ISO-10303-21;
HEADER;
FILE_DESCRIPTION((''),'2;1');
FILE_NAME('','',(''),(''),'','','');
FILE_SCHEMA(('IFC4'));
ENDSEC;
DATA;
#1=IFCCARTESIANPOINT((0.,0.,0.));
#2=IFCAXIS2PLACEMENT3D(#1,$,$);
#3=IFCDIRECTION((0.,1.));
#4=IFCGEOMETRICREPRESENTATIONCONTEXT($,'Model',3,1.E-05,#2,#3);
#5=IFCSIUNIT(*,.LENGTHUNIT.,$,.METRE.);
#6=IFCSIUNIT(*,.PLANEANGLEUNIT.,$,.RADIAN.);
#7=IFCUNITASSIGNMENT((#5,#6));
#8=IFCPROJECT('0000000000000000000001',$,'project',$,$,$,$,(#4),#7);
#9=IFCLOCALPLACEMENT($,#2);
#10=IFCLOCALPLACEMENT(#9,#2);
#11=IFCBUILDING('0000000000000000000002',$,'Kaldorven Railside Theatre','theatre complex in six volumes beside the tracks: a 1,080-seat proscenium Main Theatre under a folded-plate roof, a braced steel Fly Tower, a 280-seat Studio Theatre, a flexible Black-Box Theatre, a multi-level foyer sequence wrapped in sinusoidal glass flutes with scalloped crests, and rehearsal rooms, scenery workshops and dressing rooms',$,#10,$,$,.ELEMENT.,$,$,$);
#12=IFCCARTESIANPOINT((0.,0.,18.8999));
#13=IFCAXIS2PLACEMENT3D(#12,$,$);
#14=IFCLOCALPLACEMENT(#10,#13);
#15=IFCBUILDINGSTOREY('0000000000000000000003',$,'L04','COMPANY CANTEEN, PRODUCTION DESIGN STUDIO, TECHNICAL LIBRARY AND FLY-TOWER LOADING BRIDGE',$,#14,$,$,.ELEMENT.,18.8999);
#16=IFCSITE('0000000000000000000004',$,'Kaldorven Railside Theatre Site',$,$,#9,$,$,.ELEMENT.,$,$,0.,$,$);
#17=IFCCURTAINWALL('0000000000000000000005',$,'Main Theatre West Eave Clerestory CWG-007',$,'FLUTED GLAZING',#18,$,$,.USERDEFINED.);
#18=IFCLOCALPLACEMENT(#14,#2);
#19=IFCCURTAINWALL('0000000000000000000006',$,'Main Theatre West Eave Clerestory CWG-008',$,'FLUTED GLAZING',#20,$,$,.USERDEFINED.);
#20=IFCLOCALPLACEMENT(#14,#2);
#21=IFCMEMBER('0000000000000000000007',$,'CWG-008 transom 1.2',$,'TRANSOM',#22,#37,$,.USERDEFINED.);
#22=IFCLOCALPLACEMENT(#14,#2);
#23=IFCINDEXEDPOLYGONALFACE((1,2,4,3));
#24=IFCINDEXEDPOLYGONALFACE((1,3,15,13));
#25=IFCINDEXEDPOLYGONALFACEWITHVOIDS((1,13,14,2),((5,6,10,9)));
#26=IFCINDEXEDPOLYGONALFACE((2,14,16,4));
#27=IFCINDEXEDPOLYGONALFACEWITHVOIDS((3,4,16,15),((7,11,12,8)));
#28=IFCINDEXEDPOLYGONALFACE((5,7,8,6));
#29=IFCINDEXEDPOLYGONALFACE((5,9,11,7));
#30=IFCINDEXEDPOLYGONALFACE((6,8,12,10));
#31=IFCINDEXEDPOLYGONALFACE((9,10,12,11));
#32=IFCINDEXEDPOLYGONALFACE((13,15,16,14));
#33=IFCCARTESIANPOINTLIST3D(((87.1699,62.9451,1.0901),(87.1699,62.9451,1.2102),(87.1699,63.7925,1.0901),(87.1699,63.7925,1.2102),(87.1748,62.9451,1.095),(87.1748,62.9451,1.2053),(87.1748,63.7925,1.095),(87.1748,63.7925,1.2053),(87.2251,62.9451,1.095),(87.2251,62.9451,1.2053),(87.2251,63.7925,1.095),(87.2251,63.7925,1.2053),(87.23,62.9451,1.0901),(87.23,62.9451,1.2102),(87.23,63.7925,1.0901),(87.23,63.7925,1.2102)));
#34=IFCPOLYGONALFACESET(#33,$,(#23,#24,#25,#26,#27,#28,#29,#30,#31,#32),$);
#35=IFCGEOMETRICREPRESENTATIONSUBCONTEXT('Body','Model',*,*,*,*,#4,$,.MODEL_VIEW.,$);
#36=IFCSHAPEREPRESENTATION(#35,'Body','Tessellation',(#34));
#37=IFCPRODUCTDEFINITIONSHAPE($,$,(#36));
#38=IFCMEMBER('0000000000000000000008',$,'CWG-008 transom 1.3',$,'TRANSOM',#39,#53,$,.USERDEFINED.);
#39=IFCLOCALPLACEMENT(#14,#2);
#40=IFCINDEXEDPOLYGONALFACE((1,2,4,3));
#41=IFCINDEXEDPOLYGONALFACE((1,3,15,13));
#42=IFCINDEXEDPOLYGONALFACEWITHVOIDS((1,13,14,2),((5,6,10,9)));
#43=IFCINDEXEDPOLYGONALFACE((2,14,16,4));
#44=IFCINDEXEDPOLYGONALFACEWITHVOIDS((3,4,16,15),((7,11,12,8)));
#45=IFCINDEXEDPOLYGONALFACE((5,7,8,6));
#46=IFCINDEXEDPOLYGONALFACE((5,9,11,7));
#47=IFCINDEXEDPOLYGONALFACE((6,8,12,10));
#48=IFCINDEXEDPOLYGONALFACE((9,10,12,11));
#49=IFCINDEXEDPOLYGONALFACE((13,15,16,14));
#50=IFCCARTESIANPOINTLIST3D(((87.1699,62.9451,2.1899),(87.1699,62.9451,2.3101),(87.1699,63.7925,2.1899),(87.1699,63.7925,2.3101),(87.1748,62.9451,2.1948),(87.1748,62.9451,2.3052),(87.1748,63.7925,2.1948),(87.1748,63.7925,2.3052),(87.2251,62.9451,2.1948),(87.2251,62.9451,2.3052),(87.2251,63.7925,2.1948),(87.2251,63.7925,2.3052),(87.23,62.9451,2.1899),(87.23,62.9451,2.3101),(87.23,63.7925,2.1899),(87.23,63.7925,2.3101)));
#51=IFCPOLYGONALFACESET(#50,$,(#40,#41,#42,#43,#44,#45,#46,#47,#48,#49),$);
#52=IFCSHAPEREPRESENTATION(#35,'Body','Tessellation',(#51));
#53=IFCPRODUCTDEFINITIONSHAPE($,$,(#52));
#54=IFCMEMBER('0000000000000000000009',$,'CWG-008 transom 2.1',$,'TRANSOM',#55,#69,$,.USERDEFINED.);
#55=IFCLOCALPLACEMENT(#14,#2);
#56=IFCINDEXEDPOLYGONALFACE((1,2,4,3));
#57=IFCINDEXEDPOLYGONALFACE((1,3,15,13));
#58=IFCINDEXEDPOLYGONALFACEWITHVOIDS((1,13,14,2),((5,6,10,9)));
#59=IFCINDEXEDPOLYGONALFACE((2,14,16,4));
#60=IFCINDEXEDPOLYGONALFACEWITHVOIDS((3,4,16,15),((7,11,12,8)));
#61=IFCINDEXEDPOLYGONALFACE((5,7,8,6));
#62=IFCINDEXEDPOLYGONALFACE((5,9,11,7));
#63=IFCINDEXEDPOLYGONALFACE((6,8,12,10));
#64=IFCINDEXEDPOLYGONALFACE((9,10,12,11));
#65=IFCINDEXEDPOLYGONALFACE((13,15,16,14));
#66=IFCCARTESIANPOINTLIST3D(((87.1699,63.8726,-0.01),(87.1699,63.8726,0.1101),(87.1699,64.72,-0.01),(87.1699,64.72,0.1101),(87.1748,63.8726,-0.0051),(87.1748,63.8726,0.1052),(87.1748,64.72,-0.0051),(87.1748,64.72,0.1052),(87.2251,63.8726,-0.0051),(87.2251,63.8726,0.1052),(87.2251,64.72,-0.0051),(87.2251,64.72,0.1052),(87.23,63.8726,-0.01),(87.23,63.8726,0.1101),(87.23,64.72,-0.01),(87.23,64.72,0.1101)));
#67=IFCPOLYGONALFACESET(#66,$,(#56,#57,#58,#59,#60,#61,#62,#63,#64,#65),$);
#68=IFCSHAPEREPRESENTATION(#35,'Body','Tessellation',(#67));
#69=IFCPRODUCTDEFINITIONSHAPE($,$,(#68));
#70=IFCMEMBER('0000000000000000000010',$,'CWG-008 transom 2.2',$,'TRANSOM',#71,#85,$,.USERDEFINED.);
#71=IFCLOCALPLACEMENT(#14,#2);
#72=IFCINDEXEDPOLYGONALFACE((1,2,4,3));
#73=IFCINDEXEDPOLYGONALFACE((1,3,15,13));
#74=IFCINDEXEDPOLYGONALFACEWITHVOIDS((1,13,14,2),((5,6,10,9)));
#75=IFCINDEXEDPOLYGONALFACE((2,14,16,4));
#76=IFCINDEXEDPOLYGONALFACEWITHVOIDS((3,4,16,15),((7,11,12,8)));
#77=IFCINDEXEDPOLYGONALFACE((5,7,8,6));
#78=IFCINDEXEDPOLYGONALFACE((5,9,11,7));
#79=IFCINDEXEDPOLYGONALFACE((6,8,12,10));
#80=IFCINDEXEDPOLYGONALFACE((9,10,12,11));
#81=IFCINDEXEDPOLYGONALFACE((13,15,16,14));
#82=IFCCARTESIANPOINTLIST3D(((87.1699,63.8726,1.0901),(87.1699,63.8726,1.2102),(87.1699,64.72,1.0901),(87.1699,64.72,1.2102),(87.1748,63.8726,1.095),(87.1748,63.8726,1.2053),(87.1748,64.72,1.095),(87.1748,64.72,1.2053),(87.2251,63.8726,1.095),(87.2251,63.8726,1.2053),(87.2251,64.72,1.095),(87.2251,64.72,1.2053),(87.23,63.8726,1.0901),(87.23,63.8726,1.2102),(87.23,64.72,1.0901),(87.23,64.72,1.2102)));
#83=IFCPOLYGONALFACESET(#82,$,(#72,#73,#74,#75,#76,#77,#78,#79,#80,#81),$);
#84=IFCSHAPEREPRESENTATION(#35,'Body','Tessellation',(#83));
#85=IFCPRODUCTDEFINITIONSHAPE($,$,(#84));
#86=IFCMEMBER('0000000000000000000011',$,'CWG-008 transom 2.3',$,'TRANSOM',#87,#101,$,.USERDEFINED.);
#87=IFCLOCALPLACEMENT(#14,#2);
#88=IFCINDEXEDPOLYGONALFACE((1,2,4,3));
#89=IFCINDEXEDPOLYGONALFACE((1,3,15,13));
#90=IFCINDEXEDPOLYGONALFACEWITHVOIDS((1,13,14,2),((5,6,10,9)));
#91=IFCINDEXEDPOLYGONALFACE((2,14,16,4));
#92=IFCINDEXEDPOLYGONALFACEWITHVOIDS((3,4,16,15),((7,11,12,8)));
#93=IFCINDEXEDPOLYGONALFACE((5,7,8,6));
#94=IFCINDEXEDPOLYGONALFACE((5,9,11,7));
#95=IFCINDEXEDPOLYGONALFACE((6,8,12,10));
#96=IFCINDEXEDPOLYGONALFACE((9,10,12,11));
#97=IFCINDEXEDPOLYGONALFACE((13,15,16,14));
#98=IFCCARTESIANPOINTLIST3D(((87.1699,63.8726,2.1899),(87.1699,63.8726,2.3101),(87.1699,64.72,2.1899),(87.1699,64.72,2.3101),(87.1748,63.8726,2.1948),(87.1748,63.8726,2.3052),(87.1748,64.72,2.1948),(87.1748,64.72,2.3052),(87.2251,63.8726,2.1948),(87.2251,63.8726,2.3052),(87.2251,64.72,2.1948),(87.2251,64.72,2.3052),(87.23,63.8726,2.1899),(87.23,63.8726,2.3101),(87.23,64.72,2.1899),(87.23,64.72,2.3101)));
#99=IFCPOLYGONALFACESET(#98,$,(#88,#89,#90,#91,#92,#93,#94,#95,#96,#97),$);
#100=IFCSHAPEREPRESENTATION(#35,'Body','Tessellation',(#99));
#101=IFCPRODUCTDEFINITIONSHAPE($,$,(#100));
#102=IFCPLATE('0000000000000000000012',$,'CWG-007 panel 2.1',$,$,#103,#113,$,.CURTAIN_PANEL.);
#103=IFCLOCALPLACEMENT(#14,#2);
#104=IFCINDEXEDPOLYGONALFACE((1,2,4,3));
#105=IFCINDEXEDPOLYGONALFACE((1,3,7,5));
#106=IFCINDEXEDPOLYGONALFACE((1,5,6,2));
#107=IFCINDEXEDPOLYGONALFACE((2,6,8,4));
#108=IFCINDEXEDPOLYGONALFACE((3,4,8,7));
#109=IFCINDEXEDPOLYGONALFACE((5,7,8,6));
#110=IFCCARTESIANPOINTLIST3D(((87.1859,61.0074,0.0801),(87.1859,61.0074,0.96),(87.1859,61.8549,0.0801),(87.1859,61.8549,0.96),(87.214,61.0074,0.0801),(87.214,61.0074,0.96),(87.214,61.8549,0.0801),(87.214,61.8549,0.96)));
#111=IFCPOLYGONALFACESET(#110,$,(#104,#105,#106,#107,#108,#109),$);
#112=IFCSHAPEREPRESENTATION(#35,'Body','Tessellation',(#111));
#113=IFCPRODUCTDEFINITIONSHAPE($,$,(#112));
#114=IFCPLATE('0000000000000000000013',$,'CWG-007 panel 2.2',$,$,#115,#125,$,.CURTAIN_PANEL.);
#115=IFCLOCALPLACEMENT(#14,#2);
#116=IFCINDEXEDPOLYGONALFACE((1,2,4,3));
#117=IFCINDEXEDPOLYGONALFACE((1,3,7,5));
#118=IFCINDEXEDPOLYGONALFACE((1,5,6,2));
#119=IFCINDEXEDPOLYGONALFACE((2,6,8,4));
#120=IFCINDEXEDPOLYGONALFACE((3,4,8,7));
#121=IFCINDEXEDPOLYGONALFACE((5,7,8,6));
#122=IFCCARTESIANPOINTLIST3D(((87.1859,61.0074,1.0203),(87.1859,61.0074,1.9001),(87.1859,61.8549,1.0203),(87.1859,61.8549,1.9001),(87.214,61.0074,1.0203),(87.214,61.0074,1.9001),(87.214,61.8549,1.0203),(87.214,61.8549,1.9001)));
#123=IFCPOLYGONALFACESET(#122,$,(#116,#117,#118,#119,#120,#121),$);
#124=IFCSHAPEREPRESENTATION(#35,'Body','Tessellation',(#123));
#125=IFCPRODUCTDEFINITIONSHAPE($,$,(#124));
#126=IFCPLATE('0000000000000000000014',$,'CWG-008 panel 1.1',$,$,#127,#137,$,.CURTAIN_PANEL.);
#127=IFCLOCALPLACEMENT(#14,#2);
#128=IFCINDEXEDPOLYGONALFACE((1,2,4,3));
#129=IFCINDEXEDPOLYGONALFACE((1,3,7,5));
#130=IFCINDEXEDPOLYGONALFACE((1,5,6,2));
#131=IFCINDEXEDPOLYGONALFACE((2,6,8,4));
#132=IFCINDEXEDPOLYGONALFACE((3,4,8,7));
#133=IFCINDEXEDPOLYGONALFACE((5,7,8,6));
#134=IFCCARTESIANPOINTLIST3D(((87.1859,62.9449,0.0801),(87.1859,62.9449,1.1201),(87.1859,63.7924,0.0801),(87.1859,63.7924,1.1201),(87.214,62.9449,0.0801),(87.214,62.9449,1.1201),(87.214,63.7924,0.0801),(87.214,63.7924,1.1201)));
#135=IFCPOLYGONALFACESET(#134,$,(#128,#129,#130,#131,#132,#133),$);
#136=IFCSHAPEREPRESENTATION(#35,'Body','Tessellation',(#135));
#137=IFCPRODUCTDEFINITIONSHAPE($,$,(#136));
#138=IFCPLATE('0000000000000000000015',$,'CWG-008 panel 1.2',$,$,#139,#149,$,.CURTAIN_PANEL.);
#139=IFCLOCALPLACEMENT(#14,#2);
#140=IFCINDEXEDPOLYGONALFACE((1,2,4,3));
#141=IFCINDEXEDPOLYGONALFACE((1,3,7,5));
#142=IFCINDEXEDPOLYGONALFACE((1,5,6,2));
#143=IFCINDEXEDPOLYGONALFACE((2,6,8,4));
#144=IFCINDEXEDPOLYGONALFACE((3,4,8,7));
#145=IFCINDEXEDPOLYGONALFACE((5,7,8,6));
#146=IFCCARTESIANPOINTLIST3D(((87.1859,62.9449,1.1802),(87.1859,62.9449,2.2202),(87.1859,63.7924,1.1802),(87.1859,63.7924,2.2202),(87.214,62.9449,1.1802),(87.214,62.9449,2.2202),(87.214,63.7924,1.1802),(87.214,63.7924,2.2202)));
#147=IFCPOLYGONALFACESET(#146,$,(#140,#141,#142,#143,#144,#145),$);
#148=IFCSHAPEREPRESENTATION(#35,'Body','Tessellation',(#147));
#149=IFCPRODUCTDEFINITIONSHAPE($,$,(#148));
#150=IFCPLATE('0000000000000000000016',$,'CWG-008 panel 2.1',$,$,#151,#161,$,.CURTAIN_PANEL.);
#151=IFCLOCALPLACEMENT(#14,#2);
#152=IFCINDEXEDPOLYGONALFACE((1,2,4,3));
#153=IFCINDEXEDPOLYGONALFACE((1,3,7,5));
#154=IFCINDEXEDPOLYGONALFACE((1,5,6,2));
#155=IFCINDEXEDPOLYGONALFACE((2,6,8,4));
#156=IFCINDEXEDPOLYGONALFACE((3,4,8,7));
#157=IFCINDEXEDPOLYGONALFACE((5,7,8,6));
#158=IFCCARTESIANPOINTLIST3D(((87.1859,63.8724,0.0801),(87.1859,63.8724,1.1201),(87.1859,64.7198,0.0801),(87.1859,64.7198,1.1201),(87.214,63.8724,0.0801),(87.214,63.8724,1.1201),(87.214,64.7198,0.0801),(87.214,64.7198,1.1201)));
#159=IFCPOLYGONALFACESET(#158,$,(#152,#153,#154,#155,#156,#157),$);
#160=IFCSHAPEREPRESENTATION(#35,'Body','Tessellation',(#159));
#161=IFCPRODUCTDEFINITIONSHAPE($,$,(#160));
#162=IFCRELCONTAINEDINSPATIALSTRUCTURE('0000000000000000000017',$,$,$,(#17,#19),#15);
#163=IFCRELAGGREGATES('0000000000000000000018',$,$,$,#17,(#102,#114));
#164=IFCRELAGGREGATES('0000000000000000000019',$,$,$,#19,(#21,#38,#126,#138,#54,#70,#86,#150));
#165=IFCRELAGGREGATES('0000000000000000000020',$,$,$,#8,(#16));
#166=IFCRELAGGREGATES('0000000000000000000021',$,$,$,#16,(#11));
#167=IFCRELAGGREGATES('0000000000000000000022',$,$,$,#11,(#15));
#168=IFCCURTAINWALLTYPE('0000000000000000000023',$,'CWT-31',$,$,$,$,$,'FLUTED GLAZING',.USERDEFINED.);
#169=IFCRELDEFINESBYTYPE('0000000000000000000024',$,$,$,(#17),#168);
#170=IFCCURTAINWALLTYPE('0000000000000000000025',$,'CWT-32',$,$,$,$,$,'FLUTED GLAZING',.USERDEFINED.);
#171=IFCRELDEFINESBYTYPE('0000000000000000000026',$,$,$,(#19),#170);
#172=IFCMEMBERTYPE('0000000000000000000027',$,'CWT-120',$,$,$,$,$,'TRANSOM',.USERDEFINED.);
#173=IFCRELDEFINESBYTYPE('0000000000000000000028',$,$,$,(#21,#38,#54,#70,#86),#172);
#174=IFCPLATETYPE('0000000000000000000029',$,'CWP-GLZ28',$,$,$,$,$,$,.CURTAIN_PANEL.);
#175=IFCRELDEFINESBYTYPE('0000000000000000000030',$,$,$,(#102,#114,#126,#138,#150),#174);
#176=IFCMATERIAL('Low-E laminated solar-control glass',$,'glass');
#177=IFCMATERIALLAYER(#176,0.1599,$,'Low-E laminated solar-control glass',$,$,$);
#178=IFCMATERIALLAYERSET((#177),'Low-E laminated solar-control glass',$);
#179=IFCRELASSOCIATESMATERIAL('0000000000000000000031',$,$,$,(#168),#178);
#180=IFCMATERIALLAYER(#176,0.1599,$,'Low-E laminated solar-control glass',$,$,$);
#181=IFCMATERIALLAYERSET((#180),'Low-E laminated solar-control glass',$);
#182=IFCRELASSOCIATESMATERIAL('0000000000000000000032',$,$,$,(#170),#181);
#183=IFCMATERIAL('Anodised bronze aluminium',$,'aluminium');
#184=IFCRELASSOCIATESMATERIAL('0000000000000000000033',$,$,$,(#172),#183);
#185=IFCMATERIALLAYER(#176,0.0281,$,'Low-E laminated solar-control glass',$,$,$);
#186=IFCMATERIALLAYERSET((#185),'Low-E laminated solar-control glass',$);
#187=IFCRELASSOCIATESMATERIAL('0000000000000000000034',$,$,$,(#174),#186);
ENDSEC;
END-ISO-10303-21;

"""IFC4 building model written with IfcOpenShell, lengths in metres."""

from ifc_helpers import new_model, si_unit, direction, frame, origin, origin_2d, place, context, subcontext, project, spatial, rectangle, hollow_rectangle, extrude, material, layer, layer_set, material_profile, profile_set, type_object, element, aggregate, save


model = new_model("IFC4")

# Units and contexts
model_context = context("Model", 3, precision=1e-05, world=origin(), true_north=direction((0.0, 1.0)))
body_context = subcontext(model_context, "Body", "Model", "MODEL_VIEW")
ifc_project = project(units=[si_unit("LENGTHUNIT", "METRE"), si_unit("PLANEANGLEUNIT", "RADIAN")], contexts=[model_context])

# Site, building, storey
site_placement = place(None, origin())
site = spatial("IfcSite", under=ifc_project, at=site_placement, Name="Kaldorven Railside Theatre Site", CompositionType="ELEMENT", RefElevation=0.0)
building_placement = place(site_placement, origin())
building = spatial("IfcBuilding", under=site, at=building_placement, Name="Kaldorven Railside Theatre", Description="theatre complex in six volumes beside the tracks: a 1,080-seat proscenium Main Theatre under a folded-plate roof, a braced steel Fly Tower, a 280-seat Studio Theatre, a flexible Black-Box Theatre, a multi-level foyer sequence wrapped in sinusoidal glass flutes with scalloped crests, and rehearsal rooms, scenery workshops and dressing rooms", CompositionType="ELEMENT")
storey_placement = place(building_placement, frame((0.0, 0.0, 18.8999)))
storey = spatial("IfcBuildingStorey", under=building, at=storey_placement, Name="L04", Description="COMPANY CANTEEN, PRODUCTION DESIGN STUDIO, TECHNICAL LIBRARY AND FLY-TOWER LOADING BRIDGE", CompositionType="ELEMENT", Elevation=18.8999)

# Curtain walls
ifc_material_1 = material(Name="Low-E laminated solar-control glass", Category="glass")
ifc_layer_1 = layer(ifc_material_1, 0.1599, Name="Low-E laminated solar-control glass")
ifc_layer_set_1 = layer_set([ifc_layer_1], Name="Low-E laminated solar-control glass")
curtain_wall_type_1 = type_object("IfcCurtainWallType", Name="CWT-31", ElementType="FLUTED GLAZING", PredefinedType="USERDEFINED", material=ifc_layer_set_1)
curtain_wall_1_placement = place(storey_placement, origin())
curtain_wall_1 = element("IfcCurtainWall", 1, at=curtain_wall_1_placement, inside=storey, type_object=curtain_wall_type_1, Name="Main Theatre West Eave Clerestory CWG-007", ObjectType="FLUTED GLAZING", PredefinedType="USERDEFINED")
ifc_material_2 = material(Name="Anodised bronze aluminium", Category="aluminium")
ifc_layer_2 = layer(ifc_material_1, 0.1599, Name="Low-E laminated solar-control glass")
ifc_layer_set_2 = layer_set([ifc_layer_2], Name="Low-E laminated solar-control glass")
curtain_wall_type_2 = type_object("IfcCurtainWallType", Name="CWT-32", ElementType="FLUTED GLAZING", PredefinedType="USERDEFINED", material=ifc_layer_set_2)
curtain_wall_2_placement = place(storey_placement, origin())
curtain_wall_2 = element("IfcCurtainWall", 2, at=curtain_wall_2_placement, inside=storey, type_object=curtain_wall_type_2, Name="Main Theatre West Eave Clerestory CWG-008", ObjectType="FLUTED GLAZING", PredefinedType="USERDEFINED")

# Members
ifc_material_profile_1 = material_profile(ifc_material_2, hollow_rectangle(XDim=0.0601, YDim=0.1201, WallThickness=0.0049, at=origin_2d()), Name="RHS 120x60x5")
ifc_profile_set_1 = profile_set([ifc_material_profile_1], Name="Anodised bronze aluminium")
member_type_1 = type_object("IfcMemberType", Name="CWT-120", ElementType="TRANSOM", PredefinedType="USERDEFINED", material=ifc_profile_set_1)
member_1_placement = place(storey_placement, frame((87.2, 62.9451, 1.1501), z_axis=(0.0, 1.0, 0.0), x_axis=(-1.0, 0.0, 0.0)))
member_1 = element("IfcMember", 3, at=member_1_placement, type_object=member_type_1, Name="CWG-008 transom 1.2", ObjectType="TRANSOM", PredefinedType="USERDEFINED", context=body_context, shape_type="SweptSolid", body=[
    extrude(hollow_rectangle(XDim=0.0601, YDim=0.1201, WallThickness=0.0049, at=origin_2d()), origin(), (0.0, 0.0, 1.0), 0.8474),
])
member_2_placement = place(storey_placement, frame((87.2, 62.9451, 2.25), z_axis=(0.0, 1.0, 0.0), x_axis=(-1.0, 0.0, 0.0)))
member_2 = element("IfcMember", 4, at=member_2_placement, type_object=member_type_1, Name="CWG-008 transom 1.3", ObjectType="TRANSOM", PredefinedType="USERDEFINED", context=body_context, shape_type="SweptSolid", body=[
    extrude(hollow_rectangle(XDim=0.0601, YDim=0.1201, WallThickness=0.0049, at=origin_2d()), origin(), (0.0, 0.0, 1.0), 0.8474),
])
member_3_placement = place(storey_placement, frame((87.2, 63.8726, 0.05), z_axis=(0.0, 1.0, 0.0), x_axis=(-1.0, 0.0, 0.0)))
member_3 = element("IfcMember", 5, at=member_3_placement, type_object=member_type_1, Name="CWG-008 transom 2.1", ObjectType="TRANSOM", PredefinedType="USERDEFINED", context=body_context, shape_type="SweptSolid", body=[
    extrude(hollow_rectangle(XDim=0.0601, YDim=0.1201, WallThickness=0.0049, at=origin_2d()), origin(), (0.0, 0.0, 1.0), 0.8474),
])
member_4_placement = place(storey_placement, frame((87.2, 63.8726, 1.1501), z_axis=(0.0, 1.0, 0.0), x_axis=(-1.0, 0.0, 0.0)))
member_4 = element("IfcMember", 6, at=member_4_placement, type_object=member_type_1, Name="CWG-008 transom 2.2", ObjectType="TRANSOM", PredefinedType="USERDEFINED", context=body_context, shape_type="SweptSolid", body=[
    extrude(hollow_rectangle(XDim=0.0601, YDim=0.1201, WallThickness=0.0049, at=origin_2d()), origin(), (0.0, 0.0, 1.0), 0.8474),
])
member_5_placement = place(storey_placement, frame((87.2, 63.8726, 2.25), z_axis=(0.0, 1.0, 0.0), x_axis=(-1.0, 0.0, 0.0)))
member_5 = element("IfcMember", 7, at=member_5_placement, type_object=member_type_1, Name="CWG-008 transom 2.3", ObjectType="TRANSOM", PredefinedType="USERDEFINED", context=body_context, shape_type="SweptSolid", body=[
    extrude(hollow_rectangle(XDim=0.0601, YDim=0.1201, WallThickness=0.0049, at=origin_2d()), origin(), (0.0, 0.0, 1.0), 0.8474),
])

# Plates
ifc_layer_3 = layer(ifc_material_1, 0.0281, Name="Low-E laminated solar-control glass")
ifc_layer_set_3 = layer_set([ifc_layer_3], Name="Low-E laminated solar-control glass")
plate_type = type_object("IfcPlateType", Name="CWP-GLZ28", PredefinedType="CURTAIN_PANEL", material=ifc_layer_set_3)
plate_1_placement = place(storey_placement, frame((87.2, 61.4312, 0.0801), z_axis=(0.0, 0.0, 1.0), x_axis=(0.0, 1.0, 0.0)))
plate_1 = element("IfcPlate", 8, at=plate_1_placement, type_object=plate_type, Name="CWG-007 panel 2.1", PredefinedType="CURTAIN_PANEL", context=body_context, shape_type="SweptSolid", body=[
    extrude(rectangle(XDim=0.8474, YDim=0.0281, at=origin_2d()), origin(), (0.0, 0.0, 1.0), 0.8799),
])
plate_2_placement = place(storey_placement, frame((87.2, 61.4312, 1.0203), z_axis=(0.0, 0.0, 1.0), x_axis=(0.0, 1.0, 0.0)))
plate_2 = element("IfcPlate", 9, at=plate_2_placement, type_object=plate_type, Name="CWG-007 panel 2.2", PredefinedType="CURTAIN_PANEL", context=body_context, shape_type="SweptSolid", body=[
    extrude(rectangle(XDim=0.8474, YDim=0.0281, at=origin_2d()), origin(), (0.0, 0.0, 1.0), 0.8799),
])
aggregate(curtain_wall_1, [plate_1, plate_2])
plate_3_placement = place(storey_placement, frame((87.2, 63.3687, 0.0801), z_axis=(0.0, 0.0, 1.0), x_axis=(0.0, 1.0, 0.0)))
plate_3 = element("IfcPlate", 10, at=plate_3_placement, type_object=plate_type, Name="CWG-008 panel 1.1", PredefinedType="CURTAIN_PANEL", context=body_context, shape_type="SweptSolid", body=[
    extrude(rectangle(XDim=0.8474, YDim=0.0281, at=origin_2d()), origin(), (0.0, 0.0, 1.0), 1.04),
])
plate_4_placement = place(storey_placement, frame((87.2, 63.3687, 1.1802), z_axis=(0.0, 0.0, 1.0), x_axis=(0.0, 1.0, 0.0)))
plate_4 = element("IfcPlate", 11, at=plate_4_placement, type_object=plate_type, Name="CWG-008 panel 1.2", PredefinedType="CURTAIN_PANEL", context=body_context, shape_type="SweptSolid", body=[
    extrude(rectangle(XDim=0.8474, YDim=0.0281, at=origin_2d()), origin(), (0.0, 0.0, 1.0), 1.04),
])
plate_5_placement = place(storey_placement, frame((87.2, 64.2961, 0.0801), z_axis=(0.0, 0.0, 1.0), x_axis=(0.0, 1.0, 0.0)))
plate_5 = element("IfcPlate", 12, at=plate_5_placement, type_object=plate_type, Name="CWG-008 panel 2.1", PredefinedType="CURTAIN_PANEL", context=body_context, shape_type="SweptSolid", body=[
    extrude(rectangle(XDim=0.8474, YDim=0.0281, at=origin_2d()), origin(), (0.0, 0.0, 1.0), 1.04),
])
aggregate(curtain_wall_2, [member_1, member_2, plate_3, plate_4, member_3, member_4, member_5, plate_5])

save(model, "model.ifc")
